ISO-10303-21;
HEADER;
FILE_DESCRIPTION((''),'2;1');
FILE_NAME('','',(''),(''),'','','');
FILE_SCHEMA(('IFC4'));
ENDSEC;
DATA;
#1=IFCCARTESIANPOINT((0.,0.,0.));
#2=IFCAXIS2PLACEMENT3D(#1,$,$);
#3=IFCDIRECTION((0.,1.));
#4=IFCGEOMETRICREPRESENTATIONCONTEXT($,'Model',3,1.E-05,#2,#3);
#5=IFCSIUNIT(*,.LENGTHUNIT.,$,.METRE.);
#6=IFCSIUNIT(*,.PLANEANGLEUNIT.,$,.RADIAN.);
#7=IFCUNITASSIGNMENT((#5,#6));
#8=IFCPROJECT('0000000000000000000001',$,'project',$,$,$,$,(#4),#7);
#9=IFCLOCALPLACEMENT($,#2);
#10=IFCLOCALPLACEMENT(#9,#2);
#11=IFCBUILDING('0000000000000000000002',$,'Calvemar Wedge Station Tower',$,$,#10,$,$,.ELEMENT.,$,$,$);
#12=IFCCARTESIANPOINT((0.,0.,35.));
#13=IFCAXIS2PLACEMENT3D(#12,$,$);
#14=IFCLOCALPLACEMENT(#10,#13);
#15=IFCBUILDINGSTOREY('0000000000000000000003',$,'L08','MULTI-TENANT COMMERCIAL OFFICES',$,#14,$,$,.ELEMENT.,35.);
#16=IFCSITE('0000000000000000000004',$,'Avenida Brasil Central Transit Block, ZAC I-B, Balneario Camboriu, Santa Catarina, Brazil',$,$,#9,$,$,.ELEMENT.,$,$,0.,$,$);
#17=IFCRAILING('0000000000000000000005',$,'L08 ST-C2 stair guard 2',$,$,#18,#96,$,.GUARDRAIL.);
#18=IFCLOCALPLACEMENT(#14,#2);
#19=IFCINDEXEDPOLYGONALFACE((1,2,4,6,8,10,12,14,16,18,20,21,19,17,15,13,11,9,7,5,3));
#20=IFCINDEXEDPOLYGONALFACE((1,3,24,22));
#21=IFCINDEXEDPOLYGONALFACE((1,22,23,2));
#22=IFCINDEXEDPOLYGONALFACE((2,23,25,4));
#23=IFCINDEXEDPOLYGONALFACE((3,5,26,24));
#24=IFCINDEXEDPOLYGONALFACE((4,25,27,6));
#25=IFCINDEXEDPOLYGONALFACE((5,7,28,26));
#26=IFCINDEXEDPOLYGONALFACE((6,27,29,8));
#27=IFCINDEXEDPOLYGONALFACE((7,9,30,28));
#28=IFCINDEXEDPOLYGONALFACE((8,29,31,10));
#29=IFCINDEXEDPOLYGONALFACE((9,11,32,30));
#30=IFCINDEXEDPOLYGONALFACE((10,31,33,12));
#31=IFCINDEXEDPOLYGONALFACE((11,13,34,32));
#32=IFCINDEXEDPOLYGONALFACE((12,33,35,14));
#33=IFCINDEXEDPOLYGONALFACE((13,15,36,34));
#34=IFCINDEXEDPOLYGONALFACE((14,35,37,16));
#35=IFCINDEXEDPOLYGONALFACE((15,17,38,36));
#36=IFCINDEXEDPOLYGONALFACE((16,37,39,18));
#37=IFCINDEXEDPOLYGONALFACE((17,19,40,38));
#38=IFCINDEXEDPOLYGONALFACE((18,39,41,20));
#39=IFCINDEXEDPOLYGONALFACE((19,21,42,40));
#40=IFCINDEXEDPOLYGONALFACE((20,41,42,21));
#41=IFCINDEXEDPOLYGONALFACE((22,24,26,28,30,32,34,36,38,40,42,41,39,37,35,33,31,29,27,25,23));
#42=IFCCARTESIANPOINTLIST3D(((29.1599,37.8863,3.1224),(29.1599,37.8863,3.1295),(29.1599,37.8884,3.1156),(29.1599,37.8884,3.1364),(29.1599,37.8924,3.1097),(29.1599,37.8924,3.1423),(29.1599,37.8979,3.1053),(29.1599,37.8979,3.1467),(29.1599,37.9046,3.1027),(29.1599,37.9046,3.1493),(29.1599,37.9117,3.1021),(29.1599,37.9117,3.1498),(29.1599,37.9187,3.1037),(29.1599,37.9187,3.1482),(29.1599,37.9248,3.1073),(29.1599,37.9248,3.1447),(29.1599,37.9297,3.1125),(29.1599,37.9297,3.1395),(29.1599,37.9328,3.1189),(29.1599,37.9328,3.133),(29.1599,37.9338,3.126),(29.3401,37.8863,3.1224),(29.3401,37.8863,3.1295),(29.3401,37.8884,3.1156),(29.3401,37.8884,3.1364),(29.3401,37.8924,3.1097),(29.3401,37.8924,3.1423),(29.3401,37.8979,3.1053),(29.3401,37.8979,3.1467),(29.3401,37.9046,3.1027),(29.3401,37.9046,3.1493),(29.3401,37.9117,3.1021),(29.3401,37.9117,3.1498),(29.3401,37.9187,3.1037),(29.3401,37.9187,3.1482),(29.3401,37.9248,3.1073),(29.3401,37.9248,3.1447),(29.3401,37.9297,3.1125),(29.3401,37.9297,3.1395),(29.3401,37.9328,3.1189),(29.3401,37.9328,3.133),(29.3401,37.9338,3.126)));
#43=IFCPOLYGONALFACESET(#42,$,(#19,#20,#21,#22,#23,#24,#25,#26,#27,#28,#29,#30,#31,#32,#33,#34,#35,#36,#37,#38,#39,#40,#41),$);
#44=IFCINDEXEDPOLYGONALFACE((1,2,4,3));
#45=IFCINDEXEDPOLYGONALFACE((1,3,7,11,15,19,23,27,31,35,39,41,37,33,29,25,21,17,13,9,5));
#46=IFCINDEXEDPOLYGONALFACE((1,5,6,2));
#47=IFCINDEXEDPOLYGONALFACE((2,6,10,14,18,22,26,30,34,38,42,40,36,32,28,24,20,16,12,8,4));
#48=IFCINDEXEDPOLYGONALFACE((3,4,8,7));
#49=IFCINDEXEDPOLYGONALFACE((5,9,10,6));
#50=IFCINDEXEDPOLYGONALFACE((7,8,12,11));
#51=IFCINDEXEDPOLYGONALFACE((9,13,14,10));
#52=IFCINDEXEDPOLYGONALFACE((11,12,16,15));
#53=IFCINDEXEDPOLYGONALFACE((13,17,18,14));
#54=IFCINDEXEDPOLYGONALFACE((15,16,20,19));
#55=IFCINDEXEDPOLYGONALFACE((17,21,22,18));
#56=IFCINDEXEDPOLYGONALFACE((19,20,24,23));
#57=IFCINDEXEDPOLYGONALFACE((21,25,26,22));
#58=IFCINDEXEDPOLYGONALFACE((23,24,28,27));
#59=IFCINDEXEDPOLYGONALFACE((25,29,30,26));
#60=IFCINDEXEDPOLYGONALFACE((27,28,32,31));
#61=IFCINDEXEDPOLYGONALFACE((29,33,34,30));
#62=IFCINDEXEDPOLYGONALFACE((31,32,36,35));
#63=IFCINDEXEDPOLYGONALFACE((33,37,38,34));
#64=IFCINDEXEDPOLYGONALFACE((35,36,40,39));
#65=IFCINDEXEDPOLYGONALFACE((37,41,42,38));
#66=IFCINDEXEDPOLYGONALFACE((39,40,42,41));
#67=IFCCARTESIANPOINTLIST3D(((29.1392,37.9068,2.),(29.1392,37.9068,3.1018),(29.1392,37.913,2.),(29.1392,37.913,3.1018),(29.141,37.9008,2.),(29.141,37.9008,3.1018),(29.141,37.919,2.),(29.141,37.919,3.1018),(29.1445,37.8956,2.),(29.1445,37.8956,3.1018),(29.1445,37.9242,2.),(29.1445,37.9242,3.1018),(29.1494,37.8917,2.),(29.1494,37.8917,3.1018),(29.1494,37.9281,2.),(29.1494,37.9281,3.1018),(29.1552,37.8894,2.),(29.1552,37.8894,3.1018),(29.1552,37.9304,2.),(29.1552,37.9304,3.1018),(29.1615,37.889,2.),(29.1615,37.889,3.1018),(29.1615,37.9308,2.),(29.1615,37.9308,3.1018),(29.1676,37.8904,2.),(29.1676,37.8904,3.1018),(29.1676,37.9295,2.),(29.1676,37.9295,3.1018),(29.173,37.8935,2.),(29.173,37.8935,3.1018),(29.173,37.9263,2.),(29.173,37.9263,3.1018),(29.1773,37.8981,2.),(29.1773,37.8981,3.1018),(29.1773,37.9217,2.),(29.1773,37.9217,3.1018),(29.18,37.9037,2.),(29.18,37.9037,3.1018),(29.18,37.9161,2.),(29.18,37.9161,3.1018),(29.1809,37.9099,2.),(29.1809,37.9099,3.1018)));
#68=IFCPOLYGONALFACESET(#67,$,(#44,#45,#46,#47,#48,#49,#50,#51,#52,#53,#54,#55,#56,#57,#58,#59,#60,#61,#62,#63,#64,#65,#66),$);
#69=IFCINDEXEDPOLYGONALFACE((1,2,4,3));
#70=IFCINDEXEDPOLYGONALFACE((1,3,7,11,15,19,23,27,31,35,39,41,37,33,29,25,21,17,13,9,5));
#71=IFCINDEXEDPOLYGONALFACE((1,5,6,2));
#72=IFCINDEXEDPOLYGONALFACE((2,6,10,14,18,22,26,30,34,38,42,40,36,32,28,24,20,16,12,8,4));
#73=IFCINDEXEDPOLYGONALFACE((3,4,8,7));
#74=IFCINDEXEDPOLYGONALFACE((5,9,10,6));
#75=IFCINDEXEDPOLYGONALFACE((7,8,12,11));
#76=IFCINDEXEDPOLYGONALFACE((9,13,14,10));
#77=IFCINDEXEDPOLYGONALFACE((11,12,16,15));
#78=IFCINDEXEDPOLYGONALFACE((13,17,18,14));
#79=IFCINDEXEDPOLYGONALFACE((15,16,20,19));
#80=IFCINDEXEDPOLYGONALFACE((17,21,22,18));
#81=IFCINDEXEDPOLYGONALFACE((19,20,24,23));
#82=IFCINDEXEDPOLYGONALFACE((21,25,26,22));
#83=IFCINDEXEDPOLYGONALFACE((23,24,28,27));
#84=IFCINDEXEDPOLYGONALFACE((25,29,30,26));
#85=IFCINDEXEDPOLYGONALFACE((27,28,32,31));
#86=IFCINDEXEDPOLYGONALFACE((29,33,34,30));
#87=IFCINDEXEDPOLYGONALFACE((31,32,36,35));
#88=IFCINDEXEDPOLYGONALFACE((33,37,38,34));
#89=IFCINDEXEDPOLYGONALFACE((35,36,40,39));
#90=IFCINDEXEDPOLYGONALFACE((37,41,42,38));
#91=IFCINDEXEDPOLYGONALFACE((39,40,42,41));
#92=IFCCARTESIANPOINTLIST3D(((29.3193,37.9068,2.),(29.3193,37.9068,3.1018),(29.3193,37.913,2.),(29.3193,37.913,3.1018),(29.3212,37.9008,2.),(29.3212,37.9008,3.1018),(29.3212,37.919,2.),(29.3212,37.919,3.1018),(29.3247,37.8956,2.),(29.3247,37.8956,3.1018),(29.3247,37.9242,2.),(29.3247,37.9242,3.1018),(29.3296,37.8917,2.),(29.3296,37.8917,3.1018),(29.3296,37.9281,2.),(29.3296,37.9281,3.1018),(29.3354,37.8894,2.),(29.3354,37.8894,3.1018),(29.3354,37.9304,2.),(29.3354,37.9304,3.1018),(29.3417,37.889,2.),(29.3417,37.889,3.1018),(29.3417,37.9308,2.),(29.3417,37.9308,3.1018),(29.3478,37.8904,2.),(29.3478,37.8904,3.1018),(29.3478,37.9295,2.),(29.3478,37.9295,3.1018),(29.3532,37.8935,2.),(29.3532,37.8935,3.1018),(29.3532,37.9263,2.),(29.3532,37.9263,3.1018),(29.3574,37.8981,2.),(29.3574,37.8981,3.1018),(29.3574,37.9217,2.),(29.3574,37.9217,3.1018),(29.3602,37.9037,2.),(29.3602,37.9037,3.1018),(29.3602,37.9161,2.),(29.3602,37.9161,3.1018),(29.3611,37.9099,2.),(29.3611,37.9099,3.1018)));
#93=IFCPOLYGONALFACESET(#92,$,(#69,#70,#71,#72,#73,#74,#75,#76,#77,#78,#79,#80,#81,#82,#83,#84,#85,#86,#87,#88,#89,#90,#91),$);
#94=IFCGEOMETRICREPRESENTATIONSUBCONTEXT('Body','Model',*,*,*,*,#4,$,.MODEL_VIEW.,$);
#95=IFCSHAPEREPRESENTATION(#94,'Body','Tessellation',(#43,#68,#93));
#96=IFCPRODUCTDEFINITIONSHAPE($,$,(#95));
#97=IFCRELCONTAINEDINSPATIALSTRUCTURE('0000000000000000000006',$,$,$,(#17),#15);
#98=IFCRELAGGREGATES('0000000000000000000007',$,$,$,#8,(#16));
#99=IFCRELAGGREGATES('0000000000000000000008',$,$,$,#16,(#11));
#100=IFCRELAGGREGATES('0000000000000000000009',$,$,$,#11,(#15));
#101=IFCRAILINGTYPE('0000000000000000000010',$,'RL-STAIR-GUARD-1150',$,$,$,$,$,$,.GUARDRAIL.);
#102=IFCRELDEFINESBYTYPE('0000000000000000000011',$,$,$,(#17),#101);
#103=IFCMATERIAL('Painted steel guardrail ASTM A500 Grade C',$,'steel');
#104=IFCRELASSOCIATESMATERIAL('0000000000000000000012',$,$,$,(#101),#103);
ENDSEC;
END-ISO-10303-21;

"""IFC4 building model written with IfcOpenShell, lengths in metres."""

from ifc_helpers import new_model, si_unit, direction, frame, origin, origin_2d, place, context, subcontext, project, spatial, circle, extrude, material, type_object, element, save


model = new_model("IFC4")

# Units and contexts
model_context = context("Model", 3, precision=1e-05, world=origin(), true_north=direction((0.0, 1.0)))
body_context = subcontext(model_context, "Body", "Model", "MODEL_VIEW")
ifc_project = project(units=[si_unit("LENGTHUNIT", "METRE"), si_unit("PLANEANGLEUNIT", "RADIAN")], contexts=[model_context])

# Site, building, storey
site_placement = place(None, origin())
site = spatial("IfcSite", under=ifc_project, at=site_placement, Name="Avenida Brasil Central Transit Block, ZAC I-B, Balneario Camboriu, Santa Catarina, Brazil", CompositionType="ELEMENT", RefElevation=0.0)
building_placement = place(site_placement, origin())
building = spatial("IfcBuilding", under=site, at=building_placement, Name="Calvemar Wedge Station Tower", CompositionType="ELEMENT")
storey_placement = place(building_placement, frame((0.0, 0.0, 35.0)))
storey = spatial("IfcBuildingStorey", under=building, at=storey_placement, Name="L08", Description="MULTI-TENANT COMMERCIAL OFFICES", CompositionType="ELEMENT", Elevation=35.0)

# Railing
ifc_material_1 = material(Name="Painted steel guardrail ASTM A500 Grade C", Category="steel")
railing_type_1 = type_object("IfcRailingType", Name="RL-STAIR-GUARD-1150", PredefinedType="GUARDRAIL", material=ifc_material_1)
railing_1_placement = place(storey_placement, frame((29.1599, 37.9099, 2.0)))
element("IfcRailing", 1, at=railing_1_placement, inside=storey, type_object=railing_type_1, Name="L08 ST-C2 stair guard 2", PredefinedType="GUARDRAIL", context=body_context, shape_type="SweptSolid", body=[
    extrude(circle(Radius=0.0239, at=origin_2d()), frame((0.0, 0.0, 1.126), z_axis=(1.0, 0.0, 0.0), x_axis=(0.0, 1.0, 0.0)), (0.0, 0.0, 1.0), 0.1802),
    extrude(circle(Radius=0.021, at=origin_2d()), origin(), (0.0, 0.0, 1.0), 1.1018),
    extrude(circle(Radius=0.021, at=origin_2d()), frame((0.1802, 0.0, 0.0)), (0.0, 0.0, 1.0), 1.1018),
])

save(model, "model.ifc")
